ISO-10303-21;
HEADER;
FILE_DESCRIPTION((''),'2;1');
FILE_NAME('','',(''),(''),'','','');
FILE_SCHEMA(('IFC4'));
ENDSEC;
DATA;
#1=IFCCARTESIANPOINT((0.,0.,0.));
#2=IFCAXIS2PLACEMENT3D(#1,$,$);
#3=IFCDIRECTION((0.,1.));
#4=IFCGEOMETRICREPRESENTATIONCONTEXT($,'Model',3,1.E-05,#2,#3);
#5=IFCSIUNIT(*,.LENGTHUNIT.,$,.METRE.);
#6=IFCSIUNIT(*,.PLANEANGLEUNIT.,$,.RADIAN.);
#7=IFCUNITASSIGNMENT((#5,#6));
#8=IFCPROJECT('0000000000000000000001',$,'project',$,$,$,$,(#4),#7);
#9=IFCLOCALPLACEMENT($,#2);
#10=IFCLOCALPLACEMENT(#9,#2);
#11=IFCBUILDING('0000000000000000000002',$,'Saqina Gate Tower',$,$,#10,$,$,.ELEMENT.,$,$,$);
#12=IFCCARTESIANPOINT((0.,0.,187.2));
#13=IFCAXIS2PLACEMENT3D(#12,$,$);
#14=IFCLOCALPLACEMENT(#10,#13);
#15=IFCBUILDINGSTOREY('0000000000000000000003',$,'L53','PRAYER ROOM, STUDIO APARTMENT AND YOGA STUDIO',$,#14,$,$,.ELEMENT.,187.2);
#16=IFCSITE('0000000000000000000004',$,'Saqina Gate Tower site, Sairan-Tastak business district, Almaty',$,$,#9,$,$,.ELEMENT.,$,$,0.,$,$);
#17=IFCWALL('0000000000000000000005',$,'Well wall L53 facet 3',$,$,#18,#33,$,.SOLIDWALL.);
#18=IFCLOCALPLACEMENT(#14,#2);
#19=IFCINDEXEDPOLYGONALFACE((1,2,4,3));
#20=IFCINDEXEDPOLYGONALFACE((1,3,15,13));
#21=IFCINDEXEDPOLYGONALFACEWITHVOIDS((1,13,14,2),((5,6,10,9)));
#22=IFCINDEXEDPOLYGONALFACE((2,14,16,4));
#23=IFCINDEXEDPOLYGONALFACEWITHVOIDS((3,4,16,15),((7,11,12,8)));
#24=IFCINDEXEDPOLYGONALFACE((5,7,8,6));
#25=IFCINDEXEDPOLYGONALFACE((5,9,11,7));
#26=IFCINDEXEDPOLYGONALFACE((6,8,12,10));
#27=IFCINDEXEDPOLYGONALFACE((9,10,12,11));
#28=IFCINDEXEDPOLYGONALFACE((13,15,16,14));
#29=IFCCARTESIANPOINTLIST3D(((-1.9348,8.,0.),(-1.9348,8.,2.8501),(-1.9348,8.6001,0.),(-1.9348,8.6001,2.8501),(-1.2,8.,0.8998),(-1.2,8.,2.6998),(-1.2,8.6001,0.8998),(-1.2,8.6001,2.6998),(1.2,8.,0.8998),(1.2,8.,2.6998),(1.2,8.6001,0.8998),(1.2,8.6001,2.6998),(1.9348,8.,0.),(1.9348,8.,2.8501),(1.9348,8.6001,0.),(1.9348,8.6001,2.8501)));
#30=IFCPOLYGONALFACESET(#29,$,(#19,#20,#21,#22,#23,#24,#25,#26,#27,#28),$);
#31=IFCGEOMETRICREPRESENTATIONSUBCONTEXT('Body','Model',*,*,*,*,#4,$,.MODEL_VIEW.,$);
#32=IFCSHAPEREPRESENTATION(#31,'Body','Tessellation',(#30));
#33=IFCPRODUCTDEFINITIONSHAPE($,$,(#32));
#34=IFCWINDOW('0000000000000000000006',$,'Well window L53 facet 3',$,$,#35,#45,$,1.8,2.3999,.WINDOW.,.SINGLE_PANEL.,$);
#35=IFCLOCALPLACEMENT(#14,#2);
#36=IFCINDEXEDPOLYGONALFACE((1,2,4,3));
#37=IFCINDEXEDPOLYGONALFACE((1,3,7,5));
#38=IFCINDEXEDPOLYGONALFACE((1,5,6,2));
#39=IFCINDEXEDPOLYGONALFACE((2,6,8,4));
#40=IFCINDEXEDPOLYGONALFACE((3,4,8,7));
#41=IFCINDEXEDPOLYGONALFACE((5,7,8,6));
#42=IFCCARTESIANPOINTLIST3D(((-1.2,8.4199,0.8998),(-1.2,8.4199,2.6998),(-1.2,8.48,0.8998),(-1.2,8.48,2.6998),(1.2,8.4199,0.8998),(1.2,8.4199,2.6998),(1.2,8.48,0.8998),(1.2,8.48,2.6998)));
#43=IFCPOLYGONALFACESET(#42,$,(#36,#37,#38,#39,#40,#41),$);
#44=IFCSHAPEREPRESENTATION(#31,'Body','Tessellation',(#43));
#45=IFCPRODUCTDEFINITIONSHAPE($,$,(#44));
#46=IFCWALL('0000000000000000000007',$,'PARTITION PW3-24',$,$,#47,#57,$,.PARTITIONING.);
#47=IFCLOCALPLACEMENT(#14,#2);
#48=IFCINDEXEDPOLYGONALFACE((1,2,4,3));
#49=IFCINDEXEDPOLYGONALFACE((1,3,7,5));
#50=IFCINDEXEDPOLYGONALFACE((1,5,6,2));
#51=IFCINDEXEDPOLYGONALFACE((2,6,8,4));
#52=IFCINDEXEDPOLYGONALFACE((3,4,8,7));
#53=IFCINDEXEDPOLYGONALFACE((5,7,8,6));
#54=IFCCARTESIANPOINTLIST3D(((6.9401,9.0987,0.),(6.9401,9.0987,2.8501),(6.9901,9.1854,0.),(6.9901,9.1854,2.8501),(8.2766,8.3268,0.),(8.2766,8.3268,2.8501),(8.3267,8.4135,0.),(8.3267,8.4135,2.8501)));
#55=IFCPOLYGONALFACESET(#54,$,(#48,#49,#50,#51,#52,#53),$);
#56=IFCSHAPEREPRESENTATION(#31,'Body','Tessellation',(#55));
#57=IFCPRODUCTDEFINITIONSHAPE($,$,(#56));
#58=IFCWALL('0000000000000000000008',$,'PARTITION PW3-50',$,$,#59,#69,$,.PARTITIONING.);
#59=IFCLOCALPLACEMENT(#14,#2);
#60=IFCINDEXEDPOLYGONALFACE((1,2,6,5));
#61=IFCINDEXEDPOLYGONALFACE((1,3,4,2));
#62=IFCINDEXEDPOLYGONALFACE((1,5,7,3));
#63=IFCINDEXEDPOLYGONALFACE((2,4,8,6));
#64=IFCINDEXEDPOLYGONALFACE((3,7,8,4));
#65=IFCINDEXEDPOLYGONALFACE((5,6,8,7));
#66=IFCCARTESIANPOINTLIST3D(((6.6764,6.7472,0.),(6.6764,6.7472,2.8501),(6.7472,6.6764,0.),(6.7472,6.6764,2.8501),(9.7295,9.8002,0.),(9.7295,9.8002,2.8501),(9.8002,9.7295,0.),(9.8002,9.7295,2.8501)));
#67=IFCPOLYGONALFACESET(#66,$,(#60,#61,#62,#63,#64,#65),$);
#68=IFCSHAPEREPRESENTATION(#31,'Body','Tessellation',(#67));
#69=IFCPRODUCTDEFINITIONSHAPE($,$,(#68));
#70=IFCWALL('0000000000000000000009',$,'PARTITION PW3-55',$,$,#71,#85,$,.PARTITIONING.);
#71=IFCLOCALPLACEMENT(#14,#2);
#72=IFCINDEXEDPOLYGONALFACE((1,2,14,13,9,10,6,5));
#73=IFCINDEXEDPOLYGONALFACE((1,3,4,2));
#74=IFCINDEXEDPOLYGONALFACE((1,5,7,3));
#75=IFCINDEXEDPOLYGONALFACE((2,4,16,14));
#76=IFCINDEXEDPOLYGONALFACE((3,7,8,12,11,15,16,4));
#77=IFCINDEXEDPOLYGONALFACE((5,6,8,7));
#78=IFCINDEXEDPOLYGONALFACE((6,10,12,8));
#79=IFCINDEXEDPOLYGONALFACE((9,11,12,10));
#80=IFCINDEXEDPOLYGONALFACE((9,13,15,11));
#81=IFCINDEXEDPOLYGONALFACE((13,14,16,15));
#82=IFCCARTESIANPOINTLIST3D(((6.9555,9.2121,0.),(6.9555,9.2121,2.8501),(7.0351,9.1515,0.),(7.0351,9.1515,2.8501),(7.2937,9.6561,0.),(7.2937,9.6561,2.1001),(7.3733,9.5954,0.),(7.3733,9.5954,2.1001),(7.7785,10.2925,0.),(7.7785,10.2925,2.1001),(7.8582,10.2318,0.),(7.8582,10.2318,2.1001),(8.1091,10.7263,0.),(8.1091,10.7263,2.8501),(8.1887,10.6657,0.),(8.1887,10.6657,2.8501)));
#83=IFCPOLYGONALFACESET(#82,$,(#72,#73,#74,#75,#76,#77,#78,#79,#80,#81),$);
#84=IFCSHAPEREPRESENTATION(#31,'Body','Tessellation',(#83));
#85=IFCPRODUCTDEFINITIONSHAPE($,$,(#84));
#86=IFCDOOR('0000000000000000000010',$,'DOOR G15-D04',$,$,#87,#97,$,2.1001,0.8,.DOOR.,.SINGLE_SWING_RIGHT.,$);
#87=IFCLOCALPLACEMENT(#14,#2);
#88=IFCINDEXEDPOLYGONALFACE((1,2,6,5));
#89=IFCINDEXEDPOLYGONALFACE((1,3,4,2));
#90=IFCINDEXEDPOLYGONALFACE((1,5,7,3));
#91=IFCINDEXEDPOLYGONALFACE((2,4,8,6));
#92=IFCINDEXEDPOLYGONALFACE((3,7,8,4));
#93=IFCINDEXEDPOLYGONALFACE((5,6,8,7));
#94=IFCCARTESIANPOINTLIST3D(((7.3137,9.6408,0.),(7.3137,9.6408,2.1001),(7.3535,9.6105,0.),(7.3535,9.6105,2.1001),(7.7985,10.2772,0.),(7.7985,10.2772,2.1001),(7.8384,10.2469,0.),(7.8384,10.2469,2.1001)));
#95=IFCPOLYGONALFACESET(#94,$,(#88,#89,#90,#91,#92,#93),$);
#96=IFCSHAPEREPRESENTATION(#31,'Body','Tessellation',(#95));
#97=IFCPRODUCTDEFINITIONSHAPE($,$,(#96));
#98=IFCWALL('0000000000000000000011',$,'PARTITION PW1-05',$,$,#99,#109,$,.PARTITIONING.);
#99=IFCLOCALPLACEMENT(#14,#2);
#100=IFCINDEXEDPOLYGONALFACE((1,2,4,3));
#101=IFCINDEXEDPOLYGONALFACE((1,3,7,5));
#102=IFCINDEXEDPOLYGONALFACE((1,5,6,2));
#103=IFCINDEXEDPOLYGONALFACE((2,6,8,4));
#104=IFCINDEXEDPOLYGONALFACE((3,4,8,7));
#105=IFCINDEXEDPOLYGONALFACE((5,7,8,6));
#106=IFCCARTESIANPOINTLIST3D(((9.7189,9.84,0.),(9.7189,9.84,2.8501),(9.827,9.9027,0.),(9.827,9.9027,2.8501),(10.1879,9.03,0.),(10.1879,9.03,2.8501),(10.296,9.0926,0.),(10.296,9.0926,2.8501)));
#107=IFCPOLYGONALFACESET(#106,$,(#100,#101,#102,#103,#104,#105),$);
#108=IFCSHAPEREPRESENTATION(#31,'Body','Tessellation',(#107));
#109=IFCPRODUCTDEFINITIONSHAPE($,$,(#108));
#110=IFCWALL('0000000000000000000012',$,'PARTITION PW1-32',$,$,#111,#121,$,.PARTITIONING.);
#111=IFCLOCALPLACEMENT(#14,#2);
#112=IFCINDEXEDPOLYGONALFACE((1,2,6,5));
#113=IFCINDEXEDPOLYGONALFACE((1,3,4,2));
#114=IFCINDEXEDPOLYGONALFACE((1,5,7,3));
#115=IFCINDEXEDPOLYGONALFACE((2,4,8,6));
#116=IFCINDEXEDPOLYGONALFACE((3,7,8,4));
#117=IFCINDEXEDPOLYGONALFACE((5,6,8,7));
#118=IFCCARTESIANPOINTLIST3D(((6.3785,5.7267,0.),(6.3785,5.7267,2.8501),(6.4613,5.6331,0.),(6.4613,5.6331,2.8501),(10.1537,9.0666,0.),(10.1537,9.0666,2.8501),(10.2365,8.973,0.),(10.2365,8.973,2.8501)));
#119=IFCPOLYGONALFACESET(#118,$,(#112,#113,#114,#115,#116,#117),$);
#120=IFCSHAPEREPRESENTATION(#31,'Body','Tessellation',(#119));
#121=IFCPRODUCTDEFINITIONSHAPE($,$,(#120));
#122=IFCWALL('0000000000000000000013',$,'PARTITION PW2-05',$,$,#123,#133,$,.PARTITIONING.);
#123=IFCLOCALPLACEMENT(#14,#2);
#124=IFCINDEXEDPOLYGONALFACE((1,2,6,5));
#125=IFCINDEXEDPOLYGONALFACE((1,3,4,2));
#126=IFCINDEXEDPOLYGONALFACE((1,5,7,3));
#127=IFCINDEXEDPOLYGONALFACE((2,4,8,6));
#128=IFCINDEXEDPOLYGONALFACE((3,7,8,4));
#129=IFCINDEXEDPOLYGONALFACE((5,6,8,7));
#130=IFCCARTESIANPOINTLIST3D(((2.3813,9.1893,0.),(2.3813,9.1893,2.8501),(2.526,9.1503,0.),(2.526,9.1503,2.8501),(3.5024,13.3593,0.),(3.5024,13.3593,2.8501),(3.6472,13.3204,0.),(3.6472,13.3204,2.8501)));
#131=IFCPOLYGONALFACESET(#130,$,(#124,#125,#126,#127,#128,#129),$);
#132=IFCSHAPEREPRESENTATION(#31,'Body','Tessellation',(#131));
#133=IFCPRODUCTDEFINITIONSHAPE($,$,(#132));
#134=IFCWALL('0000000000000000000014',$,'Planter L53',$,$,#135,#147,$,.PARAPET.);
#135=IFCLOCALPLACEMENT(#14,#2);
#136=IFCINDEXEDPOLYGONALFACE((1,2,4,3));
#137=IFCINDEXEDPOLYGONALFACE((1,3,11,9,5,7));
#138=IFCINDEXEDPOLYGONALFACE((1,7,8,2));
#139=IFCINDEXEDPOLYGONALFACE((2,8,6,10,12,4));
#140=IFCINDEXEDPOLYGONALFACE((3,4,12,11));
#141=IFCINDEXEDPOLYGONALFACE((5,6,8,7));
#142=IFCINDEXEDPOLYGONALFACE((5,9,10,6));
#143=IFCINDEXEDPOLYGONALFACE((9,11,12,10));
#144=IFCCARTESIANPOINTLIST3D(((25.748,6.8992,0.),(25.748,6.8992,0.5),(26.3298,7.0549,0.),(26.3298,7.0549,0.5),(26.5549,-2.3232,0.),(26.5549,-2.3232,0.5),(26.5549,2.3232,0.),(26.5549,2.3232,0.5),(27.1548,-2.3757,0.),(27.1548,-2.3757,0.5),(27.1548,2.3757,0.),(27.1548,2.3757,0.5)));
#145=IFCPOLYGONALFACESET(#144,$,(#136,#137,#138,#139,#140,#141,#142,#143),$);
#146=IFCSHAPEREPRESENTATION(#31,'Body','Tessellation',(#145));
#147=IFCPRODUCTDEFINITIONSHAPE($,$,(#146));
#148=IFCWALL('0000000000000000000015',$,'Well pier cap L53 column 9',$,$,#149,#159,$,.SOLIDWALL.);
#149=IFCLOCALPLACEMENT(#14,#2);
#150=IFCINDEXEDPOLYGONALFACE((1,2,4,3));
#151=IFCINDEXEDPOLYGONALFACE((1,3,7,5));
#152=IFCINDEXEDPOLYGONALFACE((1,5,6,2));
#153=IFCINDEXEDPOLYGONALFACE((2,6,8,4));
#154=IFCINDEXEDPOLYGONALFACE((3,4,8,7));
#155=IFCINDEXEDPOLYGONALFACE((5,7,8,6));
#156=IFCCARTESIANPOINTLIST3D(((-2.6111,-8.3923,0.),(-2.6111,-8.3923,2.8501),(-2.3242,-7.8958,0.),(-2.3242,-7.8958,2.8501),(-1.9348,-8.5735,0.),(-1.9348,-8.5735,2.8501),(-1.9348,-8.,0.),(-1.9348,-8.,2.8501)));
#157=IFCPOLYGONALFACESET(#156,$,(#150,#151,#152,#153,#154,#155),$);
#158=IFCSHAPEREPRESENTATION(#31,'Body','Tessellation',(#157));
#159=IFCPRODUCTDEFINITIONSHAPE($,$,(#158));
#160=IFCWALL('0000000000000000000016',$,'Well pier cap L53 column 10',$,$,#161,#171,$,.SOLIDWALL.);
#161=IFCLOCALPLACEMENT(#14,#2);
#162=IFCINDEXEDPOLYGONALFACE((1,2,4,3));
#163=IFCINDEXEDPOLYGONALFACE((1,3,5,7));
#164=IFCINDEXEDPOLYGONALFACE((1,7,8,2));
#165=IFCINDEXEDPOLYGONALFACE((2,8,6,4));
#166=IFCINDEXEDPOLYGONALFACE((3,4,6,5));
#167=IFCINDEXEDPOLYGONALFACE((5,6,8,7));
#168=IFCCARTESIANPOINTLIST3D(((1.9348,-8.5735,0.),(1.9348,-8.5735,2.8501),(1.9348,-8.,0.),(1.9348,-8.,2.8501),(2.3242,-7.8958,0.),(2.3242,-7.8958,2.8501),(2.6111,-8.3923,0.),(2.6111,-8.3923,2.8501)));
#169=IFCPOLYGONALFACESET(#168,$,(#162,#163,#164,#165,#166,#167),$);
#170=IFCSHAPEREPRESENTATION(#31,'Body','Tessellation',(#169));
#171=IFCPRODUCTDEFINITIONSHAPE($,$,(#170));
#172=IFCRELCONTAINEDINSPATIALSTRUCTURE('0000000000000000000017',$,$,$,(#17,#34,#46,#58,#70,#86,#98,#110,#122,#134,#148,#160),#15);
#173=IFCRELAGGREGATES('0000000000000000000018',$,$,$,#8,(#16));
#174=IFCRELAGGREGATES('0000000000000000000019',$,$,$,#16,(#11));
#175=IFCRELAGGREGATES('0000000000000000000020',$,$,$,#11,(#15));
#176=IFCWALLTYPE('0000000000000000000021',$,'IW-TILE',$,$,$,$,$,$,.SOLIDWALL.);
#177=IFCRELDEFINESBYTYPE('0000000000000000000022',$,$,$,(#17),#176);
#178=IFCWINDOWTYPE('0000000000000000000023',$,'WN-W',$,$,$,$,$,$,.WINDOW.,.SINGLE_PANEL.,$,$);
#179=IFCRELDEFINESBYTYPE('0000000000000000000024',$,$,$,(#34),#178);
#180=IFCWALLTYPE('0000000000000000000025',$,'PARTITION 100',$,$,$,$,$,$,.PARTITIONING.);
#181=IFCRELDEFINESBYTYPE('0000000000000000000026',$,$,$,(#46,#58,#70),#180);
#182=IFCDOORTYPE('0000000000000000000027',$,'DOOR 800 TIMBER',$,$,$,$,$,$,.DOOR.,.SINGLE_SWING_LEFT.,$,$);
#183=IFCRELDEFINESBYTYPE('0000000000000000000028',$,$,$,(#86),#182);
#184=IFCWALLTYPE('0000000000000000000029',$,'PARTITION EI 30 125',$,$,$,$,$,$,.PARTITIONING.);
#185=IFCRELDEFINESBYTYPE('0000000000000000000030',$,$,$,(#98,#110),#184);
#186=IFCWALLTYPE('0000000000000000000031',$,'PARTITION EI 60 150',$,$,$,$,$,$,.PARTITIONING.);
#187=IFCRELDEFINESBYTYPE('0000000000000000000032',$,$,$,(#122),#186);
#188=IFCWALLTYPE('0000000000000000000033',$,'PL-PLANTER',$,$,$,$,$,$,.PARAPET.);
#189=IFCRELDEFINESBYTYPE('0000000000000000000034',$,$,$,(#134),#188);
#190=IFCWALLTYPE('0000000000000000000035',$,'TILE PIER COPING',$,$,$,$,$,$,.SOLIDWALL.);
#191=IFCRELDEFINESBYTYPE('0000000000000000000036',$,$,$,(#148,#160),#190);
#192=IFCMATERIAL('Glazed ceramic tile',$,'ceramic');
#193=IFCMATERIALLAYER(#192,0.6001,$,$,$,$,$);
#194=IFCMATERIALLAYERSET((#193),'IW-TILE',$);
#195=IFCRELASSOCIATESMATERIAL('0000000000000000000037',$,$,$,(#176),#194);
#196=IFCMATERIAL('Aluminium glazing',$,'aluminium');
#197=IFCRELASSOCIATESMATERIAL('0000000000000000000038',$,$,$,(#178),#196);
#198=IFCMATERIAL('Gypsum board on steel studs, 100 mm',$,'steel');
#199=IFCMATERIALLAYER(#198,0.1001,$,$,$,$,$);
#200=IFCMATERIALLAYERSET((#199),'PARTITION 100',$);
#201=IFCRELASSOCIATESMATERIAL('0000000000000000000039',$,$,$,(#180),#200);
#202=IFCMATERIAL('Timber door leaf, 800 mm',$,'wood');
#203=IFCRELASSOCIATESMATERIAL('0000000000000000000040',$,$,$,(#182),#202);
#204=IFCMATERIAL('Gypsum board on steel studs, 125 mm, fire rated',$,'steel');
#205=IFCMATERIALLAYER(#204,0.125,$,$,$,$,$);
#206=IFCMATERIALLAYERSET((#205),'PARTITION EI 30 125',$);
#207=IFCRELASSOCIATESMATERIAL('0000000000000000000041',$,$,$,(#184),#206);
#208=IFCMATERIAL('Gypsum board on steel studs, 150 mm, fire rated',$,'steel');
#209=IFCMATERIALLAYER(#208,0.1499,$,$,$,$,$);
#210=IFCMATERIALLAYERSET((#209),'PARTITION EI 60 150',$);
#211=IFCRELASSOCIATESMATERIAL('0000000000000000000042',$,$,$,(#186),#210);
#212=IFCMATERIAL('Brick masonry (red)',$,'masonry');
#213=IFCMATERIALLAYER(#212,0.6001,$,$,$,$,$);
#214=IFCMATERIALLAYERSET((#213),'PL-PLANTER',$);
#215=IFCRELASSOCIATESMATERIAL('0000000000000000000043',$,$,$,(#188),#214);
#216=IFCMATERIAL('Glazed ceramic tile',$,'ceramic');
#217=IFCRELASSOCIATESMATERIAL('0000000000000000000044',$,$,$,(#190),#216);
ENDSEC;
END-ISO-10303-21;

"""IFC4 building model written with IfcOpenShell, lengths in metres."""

from ifc_helpers import new_model, si_unit, direction, frame, frame_2d, origin, place, context, subcontext, project, spatial, polyline, rectangle, outline, extrude, material, layer, layer_set, type_object, element, fill, save


model = new_model("IFC4")

# Units and contexts
model_context = context("Model", 3, precision=1e-05, world=origin(), true_north=direction((0.0, 1.0)))
body_context = subcontext(model_context, "Body", "Model", "MODEL_VIEW")
ifc_project = project(units=[si_unit("LENGTHUNIT", "METRE"), si_unit("PLANEANGLEUNIT", "RADIAN")], contexts=[model_context])

# Site, building, storey
site_placement = place(None, origin())
site = spatial("IfcSite", under=ifc_project, at=site_placement, Name="Saqina Gate Tower site, Sairan-Tastak business district, Almaty", CompositionType="ELEMENT", RefElevation=0.0)
building_placement = place(site_placement, origin())
building = spatial("IfcBuilding", under=site, at=building_placement, Name="Saqina Gate Tower", CompositionType="ELEMENT")
storey_placement = place(building_placement, frame((0.0, 0.0, 187.2)))
storey = spatial("IfcBuildingStorey", under=building, at=storey_placement, Name="L53", Description="PRAYER ROOM, STUDIO APARTMENT AND YOGA STUDIO", CompositionType="ELEMENT", Elevation=187.2)

# Wall, opening, window
ifc_material_1 = material(Name="Glazed ceramic tile", Category="ceramic")
ifc_layer_1 = layer(ifc_material_1, 0.6001)
ifc_layer_set_1 = layer_set([ifc_layer_1], Name="IW-TILE")
wall_type_1 = type_object("IfcWallType", Name="IW-TILE", PredefinedType="SOLIDWALL", material=ifc_layer_set_1)
ifc_material_2 = material(Name="Aluminium glazing", Category="aluminium")
window_type = type_object("IfcWindowType", Name="WN-W", PartitioningType="SINGLE_PANEL", PredefinedType="WINDOW", material=ifc_material_2)
wall_1_placement = place(storey_placement, frame((1.9348, 8.3, 0.0), z_axis=(0.0, 0.0, 1.0), x_axis=(-1.0, 0.0, 0.0)))
wall_1 = element("IfcWall", 1, at=wall_1_placement, inside=storey, type_object=wall_type_1, Name="Well wall L53 facet 3", PredefinedType="SOLIDWALL", context=body_context, shape_type="SweptSolid", body=[
    extrude(rectangle(XDim=3.8696, YDim=0.6001, at=frame_2d((1.9348, 0.0))), origin(), (0.0, 0.0, 1.0), 2.8501),
])
opening_1_placement = place(wall_1_placement, frame((0.7349, 0.0, 0.8999)))
opening_1 = element("IfcOpeningElement", 2, at=opening_1_placement, cuts=wall_1, PredefinedType="OPENING", context=body_context, shape_type="SweptSolid", body=[
    extrude(rectangle(XDim=2.3999, YDim=1.8, at=frame_2d((1.2, 0.8999))), frame((0.0, 0.312, 0.0), z_axis=(0.0, -1.0, 0.0), x_axis=(1.0, 0.0, 0.0)), (0.0, 0.0, 1.0), 0.624),
])
window_1_placement = place(opening_1_placement, origin())
window_1 = element("IfcWindow", 3, at=window_1_placement, inside=storey, type_object=window_type, Name="Well window L53 facet 3", OverallHeight=1.8, OverallWidth=2.3999, PartitioningType="SINGLE_PANEL", PredefinedType="WINDOW", context=body_context, shape_type="SweptSolid", body=[
    extrude(rectangle(XDim=2.3999, YDim=1.8, at=frame_2d((1.2, 0.8999))), frame((0.0, -0.1199, 0.0), z_axis=(0.0, -1.0, 0.0), x_axis=(1.0, 0.0, 0.0)), (0.0, 0.0, 1.0), 0.0601),
])
fill(opening_1, window_1)

# Walls
ifc_material_3 = material(Name="Gypsum board on steel studs, 100 mm", Category="steel")
ifc_layer_2 = layer(ifc_material_3, 0.1001)
ifc_layer_set_2 = layer_set([ifc_layer_2], Name="PARTITION 100")
wall_type_2 = type_object("IfcWallType", Name="PARTITION 100", PredefinedType="PARTITIONING", material=ifc_layer_set_2)
wall_2_placement = place(storey_placement, frame((6.9651, 9.1421, 0.0), z_axis=(0.0, 0.0, 1.0), x_axis=(0.865956, -0.500119, 0.0)))
element("IfcWall", 4, at=wall_2_placement, inside=storey, type_object=wall_type_2, Name="PARTITION PW3-24", PredefinedType="PARTITIONING", context=body_context, shape_type="SweptSolid", body=[
    extrude(rectangle(XDim=1.5435, YDim=0.1001, at=frame_2d((0.7717, 0.0))), origin(), (0.0, 0.0, 1.0), 2.8501),
])
wall_3_placement = place(storey_placement, frame((6.7119, 6.7119, 0.0), z_axis=(0.0, 0.0, 1.0), x_axis=(0.707107, 0.707107, 0.0)))
element("IfcWall", 5, at=wall_3_placement, inside=storey, type_object=wall_type_2, Name="PARTITION PW3-50", PredefinedType="PARTITIONING", context=body_context, shape_type="SweptSolid", body=[
    extrude(rectangle(XDim=4.3176, YDim=0.1001, at=frame_2d((2.1587, 0.0))), origin(), (0.0, 0.0, 1.0), 2.8501),
])

# Wall, opening, door
wall_4_placement = place(storey_placement, frame((6.9954, 9.1819, 0.0), z_axis=(0.0, 0.0, 1.0), x_axis=(0.606016, 0.795452, 0.0)))
wall_4 = element("IfcWall", 6, at=wall_4_placement, inside=storey, type_object=wall_type_2, Name="PARTITION PW3-55", PredefinedType="PARTITIONING", context=body_context, shape_type="SweptSolid", body=[
    extrude(rectangle(XDim=1.9036, YDim=0.1001, at=frame_2d((0.9517, 0.0))), origin(), (0.0, 0.0, 1.0), 2.8501),
])
opening_2_placement = place(wall_4_placement, frame((0.5581, 0.0, 0.0)))
opening_2 = element("IfcOpeningElement", 7, at=opening_2_placement, cuts=wall_4, PredefinedType="OPENING", context=body_context, shape_type="SweptSolid", body=[
    extrude(rectangle(XDim=0.8, YDim=2.1001, at=frame_2d((0.3999, 1.05))), frame((0.0, 0.062, 0.0), z_axis=(0.0, -1.0, 0.0), x_axis=(1.0, 0.0, 0.0)), (0.0, 0.0, 1.0), 0.124),
])
ifc_material_4 = material(Name="Timber door leaf, 800 mm", Category="wood")
door_type = type_object("IfcDoorType", Name="DOOR 800 TIMBER", OperationType="SINGLE_SWING_LEFT", PredefinedType="DOOR", material=ifc_material_4)
door_placement = place(opening_2_placement, origin())
door = element("IfcDoor", 8, at=door_placement, inside=storey, type_object=door_type, Name="DOOR G15-D04", OperationType="SINGLE_SWING_RIGHT", OverallHeight=2.1001, OverallWidth=0.8, PredefinedType="DOOR", context=body_context, shape_type="SweptSolid", body=[
    extrude(rectangle(XDim=0.8, YDim=2.1001, at=frame_2d((0.3999, 1.05))), frame((0.0, 0.0249, 0.0), z_axis=(0.0, -1.0, 0.0), x_axis=(1.0, 0.0, 0.0)), (0.0, 0.0, 1.0), 0.05),
])
fill(opening_2, door)

# Walls
ifc_material_5 = material(Name="Gypsum board on steel studs, 125 mm, fire rated", Category="steel")
ifc_layer_3 = layer(ifc_material_5, 0.125)
ifc_layer_set_3 = layer_set([ifc_layer_3], Name="PARTITION EI 30 125")
wall_type_3 = type_object("IfcWallType", Name="PARTITION EI 30 125", PredefinedType="PARTITIONING", material=ifc_layer_set_3)
wall_5_placement = place(storey_placement, frame((9.7729, 9.8713, 0.0), z_axis=(0.0, 0.0, 1.0), x_axis=(0.501047, -0.86542, 0.0)))
element("IfcWall", 9, at=wall_5_placement, inside=storey, type_object=wall_type_3, Name="PARTITION PW1-05", PredefinedType="PARTITIONING", context=body_context, shape_type="SweptSolid", body=[
    extrude(rectangle(XDim=0.936, YDim=0.125, at=frame_2d((0.468, 0.0))), origin(), (0.0, 0.0, 1.0), 2.8501),
])
wall_6_placement = place(storey_placement, frame((6.4199, 5.6799, 0.0), z_axis=(0.0, 0.0, 1.0), x_axis=(0.748968, 0.662606, 0.0)))
element("IfcWall", 10, at=wall_6_placement, inside=storey, type_object=wall_type_3, Name="PARTITION PW1-32", PredefinedType="PARTITIONING", context=body_context, shape_type="SweptSolid", body=[
    extrude(rectangle(XDim=5.0405, YDim=0.125, at=frame_2d((2.5203, 0.0))), origin(), (0.0, 0.0, 1.0), 2.8501),
])
ifc_material_6 = material(Name="Gypsum board on steel studs, 150 mm, fire rated", Category="steel")
ifc_layer_4 = layer(ifc_material_6, 0.1499)
ifc_layer_set_4 = layer_set([ifc_layer_4], Name="PARTITION EI 60 150")
wall_type_4 = type_object("IfcWallType", Name="PARTITION EI 60 150", PredefinedType="PARTITIONING", material=ifc_layer_set_4)
wall_7_placement = place(storey_placement, frame((2.4536, 9.1697, 0.0), z_axis=(0.0, 0.0, 1.0), x_axis=(0.259633, 0.965707, 0.0)))
element("IfcWall", 11, at=wall_7_placement, inside=storey, type_object=wall_type_4, Name="PARTITION PW2-05", PredefinedType="PARTITIONING", context=body_context, shape_type="SweptSolid", body=[
    extrude(rectangle(XDim=4.3181, YDim=0.1499, at=frame_2d((2.1592, 0.0))), origin(), (0.0, 0.0, 1.0), 2.8501),
])
ifc_material_7 = material(Name="Brick masonry (red)", Category="masonry")
ifc_layer_5 = layer(ifc_material_7, 0.6001)
ifc_layer_set_5 = layer_set([ifc_layer_5], Name="PL-PLANTER")
wall_type_5 = type_object("IfcWallType", Name="PL-PLANTER", PredefinedType="PARAPET", material=ifc_layer_set_5)
wall_8_placement = place(storey_placement, origin())
element("IfcWall", 12, at=wall_8_placement, inside=storey, type_object=wall_type_5, Name="Planter L53", PredefinedType="PARAPET", context=body_context, shape_type="SweptSolid", body=[
    extrude(outline(polyline([(27.1548, -2.3757), (27.1548, 2.3757), (26.3298, 7.0549), (25.748, 6.8992), (26.5549, 2.3232), (26.5549, -2.3232), (27.1548, -2.3757)])), origin(), (0.0, 0.0, 1.0), 0.5),
])
ifc_material_8 = material(Name="Glazed ceramic tile", Category="ceramic")
wall_type_6 = type_object("IfcWallType", Name="TILE PIER COPING", PredefinedType="SOLIDWALL", material=ifc_material_8)
wall_9_placement = place(storey_placement, origin())
element("IfcWall", 13, at=wall_9_placement, inside=storey, type_object=wall_type_6, Name="Well pier cap L53 column 9", PredefinedType="SOLIDWALL", context=body_context, shape_type="SweptSolid", body=[
    extrude(outline(polyline([(-1.9348, -8.5735), (-1.9348, -8.0), (-2.3242, -7.8958), (-2.6111, -8.3923), (-1.9348, -8.5735)])), origin(), (0.0, 0.0, 1.0), 2.8501),
])
wall_10_placement = place(storey_placement, origin())
element("IfcWall", 14, at=wall_10_placement, inside=storey, type_object=wall_type_6, Name="Well pier cap L53 column 10", PredefinedType="SOLIDWALL", context=body_context, shape_type="SweptSolid", body=[
    extrude(outline(polyline([(2.6111, -8.3923), (2.3242, -7.8958), (1.9348, -8.0), (1.9348, -8.5735), (2.6111, -8.3923)])), origin(), (0.0, 0.0, 1.0), 2.8501),
])

save(model, "model.ifc")
